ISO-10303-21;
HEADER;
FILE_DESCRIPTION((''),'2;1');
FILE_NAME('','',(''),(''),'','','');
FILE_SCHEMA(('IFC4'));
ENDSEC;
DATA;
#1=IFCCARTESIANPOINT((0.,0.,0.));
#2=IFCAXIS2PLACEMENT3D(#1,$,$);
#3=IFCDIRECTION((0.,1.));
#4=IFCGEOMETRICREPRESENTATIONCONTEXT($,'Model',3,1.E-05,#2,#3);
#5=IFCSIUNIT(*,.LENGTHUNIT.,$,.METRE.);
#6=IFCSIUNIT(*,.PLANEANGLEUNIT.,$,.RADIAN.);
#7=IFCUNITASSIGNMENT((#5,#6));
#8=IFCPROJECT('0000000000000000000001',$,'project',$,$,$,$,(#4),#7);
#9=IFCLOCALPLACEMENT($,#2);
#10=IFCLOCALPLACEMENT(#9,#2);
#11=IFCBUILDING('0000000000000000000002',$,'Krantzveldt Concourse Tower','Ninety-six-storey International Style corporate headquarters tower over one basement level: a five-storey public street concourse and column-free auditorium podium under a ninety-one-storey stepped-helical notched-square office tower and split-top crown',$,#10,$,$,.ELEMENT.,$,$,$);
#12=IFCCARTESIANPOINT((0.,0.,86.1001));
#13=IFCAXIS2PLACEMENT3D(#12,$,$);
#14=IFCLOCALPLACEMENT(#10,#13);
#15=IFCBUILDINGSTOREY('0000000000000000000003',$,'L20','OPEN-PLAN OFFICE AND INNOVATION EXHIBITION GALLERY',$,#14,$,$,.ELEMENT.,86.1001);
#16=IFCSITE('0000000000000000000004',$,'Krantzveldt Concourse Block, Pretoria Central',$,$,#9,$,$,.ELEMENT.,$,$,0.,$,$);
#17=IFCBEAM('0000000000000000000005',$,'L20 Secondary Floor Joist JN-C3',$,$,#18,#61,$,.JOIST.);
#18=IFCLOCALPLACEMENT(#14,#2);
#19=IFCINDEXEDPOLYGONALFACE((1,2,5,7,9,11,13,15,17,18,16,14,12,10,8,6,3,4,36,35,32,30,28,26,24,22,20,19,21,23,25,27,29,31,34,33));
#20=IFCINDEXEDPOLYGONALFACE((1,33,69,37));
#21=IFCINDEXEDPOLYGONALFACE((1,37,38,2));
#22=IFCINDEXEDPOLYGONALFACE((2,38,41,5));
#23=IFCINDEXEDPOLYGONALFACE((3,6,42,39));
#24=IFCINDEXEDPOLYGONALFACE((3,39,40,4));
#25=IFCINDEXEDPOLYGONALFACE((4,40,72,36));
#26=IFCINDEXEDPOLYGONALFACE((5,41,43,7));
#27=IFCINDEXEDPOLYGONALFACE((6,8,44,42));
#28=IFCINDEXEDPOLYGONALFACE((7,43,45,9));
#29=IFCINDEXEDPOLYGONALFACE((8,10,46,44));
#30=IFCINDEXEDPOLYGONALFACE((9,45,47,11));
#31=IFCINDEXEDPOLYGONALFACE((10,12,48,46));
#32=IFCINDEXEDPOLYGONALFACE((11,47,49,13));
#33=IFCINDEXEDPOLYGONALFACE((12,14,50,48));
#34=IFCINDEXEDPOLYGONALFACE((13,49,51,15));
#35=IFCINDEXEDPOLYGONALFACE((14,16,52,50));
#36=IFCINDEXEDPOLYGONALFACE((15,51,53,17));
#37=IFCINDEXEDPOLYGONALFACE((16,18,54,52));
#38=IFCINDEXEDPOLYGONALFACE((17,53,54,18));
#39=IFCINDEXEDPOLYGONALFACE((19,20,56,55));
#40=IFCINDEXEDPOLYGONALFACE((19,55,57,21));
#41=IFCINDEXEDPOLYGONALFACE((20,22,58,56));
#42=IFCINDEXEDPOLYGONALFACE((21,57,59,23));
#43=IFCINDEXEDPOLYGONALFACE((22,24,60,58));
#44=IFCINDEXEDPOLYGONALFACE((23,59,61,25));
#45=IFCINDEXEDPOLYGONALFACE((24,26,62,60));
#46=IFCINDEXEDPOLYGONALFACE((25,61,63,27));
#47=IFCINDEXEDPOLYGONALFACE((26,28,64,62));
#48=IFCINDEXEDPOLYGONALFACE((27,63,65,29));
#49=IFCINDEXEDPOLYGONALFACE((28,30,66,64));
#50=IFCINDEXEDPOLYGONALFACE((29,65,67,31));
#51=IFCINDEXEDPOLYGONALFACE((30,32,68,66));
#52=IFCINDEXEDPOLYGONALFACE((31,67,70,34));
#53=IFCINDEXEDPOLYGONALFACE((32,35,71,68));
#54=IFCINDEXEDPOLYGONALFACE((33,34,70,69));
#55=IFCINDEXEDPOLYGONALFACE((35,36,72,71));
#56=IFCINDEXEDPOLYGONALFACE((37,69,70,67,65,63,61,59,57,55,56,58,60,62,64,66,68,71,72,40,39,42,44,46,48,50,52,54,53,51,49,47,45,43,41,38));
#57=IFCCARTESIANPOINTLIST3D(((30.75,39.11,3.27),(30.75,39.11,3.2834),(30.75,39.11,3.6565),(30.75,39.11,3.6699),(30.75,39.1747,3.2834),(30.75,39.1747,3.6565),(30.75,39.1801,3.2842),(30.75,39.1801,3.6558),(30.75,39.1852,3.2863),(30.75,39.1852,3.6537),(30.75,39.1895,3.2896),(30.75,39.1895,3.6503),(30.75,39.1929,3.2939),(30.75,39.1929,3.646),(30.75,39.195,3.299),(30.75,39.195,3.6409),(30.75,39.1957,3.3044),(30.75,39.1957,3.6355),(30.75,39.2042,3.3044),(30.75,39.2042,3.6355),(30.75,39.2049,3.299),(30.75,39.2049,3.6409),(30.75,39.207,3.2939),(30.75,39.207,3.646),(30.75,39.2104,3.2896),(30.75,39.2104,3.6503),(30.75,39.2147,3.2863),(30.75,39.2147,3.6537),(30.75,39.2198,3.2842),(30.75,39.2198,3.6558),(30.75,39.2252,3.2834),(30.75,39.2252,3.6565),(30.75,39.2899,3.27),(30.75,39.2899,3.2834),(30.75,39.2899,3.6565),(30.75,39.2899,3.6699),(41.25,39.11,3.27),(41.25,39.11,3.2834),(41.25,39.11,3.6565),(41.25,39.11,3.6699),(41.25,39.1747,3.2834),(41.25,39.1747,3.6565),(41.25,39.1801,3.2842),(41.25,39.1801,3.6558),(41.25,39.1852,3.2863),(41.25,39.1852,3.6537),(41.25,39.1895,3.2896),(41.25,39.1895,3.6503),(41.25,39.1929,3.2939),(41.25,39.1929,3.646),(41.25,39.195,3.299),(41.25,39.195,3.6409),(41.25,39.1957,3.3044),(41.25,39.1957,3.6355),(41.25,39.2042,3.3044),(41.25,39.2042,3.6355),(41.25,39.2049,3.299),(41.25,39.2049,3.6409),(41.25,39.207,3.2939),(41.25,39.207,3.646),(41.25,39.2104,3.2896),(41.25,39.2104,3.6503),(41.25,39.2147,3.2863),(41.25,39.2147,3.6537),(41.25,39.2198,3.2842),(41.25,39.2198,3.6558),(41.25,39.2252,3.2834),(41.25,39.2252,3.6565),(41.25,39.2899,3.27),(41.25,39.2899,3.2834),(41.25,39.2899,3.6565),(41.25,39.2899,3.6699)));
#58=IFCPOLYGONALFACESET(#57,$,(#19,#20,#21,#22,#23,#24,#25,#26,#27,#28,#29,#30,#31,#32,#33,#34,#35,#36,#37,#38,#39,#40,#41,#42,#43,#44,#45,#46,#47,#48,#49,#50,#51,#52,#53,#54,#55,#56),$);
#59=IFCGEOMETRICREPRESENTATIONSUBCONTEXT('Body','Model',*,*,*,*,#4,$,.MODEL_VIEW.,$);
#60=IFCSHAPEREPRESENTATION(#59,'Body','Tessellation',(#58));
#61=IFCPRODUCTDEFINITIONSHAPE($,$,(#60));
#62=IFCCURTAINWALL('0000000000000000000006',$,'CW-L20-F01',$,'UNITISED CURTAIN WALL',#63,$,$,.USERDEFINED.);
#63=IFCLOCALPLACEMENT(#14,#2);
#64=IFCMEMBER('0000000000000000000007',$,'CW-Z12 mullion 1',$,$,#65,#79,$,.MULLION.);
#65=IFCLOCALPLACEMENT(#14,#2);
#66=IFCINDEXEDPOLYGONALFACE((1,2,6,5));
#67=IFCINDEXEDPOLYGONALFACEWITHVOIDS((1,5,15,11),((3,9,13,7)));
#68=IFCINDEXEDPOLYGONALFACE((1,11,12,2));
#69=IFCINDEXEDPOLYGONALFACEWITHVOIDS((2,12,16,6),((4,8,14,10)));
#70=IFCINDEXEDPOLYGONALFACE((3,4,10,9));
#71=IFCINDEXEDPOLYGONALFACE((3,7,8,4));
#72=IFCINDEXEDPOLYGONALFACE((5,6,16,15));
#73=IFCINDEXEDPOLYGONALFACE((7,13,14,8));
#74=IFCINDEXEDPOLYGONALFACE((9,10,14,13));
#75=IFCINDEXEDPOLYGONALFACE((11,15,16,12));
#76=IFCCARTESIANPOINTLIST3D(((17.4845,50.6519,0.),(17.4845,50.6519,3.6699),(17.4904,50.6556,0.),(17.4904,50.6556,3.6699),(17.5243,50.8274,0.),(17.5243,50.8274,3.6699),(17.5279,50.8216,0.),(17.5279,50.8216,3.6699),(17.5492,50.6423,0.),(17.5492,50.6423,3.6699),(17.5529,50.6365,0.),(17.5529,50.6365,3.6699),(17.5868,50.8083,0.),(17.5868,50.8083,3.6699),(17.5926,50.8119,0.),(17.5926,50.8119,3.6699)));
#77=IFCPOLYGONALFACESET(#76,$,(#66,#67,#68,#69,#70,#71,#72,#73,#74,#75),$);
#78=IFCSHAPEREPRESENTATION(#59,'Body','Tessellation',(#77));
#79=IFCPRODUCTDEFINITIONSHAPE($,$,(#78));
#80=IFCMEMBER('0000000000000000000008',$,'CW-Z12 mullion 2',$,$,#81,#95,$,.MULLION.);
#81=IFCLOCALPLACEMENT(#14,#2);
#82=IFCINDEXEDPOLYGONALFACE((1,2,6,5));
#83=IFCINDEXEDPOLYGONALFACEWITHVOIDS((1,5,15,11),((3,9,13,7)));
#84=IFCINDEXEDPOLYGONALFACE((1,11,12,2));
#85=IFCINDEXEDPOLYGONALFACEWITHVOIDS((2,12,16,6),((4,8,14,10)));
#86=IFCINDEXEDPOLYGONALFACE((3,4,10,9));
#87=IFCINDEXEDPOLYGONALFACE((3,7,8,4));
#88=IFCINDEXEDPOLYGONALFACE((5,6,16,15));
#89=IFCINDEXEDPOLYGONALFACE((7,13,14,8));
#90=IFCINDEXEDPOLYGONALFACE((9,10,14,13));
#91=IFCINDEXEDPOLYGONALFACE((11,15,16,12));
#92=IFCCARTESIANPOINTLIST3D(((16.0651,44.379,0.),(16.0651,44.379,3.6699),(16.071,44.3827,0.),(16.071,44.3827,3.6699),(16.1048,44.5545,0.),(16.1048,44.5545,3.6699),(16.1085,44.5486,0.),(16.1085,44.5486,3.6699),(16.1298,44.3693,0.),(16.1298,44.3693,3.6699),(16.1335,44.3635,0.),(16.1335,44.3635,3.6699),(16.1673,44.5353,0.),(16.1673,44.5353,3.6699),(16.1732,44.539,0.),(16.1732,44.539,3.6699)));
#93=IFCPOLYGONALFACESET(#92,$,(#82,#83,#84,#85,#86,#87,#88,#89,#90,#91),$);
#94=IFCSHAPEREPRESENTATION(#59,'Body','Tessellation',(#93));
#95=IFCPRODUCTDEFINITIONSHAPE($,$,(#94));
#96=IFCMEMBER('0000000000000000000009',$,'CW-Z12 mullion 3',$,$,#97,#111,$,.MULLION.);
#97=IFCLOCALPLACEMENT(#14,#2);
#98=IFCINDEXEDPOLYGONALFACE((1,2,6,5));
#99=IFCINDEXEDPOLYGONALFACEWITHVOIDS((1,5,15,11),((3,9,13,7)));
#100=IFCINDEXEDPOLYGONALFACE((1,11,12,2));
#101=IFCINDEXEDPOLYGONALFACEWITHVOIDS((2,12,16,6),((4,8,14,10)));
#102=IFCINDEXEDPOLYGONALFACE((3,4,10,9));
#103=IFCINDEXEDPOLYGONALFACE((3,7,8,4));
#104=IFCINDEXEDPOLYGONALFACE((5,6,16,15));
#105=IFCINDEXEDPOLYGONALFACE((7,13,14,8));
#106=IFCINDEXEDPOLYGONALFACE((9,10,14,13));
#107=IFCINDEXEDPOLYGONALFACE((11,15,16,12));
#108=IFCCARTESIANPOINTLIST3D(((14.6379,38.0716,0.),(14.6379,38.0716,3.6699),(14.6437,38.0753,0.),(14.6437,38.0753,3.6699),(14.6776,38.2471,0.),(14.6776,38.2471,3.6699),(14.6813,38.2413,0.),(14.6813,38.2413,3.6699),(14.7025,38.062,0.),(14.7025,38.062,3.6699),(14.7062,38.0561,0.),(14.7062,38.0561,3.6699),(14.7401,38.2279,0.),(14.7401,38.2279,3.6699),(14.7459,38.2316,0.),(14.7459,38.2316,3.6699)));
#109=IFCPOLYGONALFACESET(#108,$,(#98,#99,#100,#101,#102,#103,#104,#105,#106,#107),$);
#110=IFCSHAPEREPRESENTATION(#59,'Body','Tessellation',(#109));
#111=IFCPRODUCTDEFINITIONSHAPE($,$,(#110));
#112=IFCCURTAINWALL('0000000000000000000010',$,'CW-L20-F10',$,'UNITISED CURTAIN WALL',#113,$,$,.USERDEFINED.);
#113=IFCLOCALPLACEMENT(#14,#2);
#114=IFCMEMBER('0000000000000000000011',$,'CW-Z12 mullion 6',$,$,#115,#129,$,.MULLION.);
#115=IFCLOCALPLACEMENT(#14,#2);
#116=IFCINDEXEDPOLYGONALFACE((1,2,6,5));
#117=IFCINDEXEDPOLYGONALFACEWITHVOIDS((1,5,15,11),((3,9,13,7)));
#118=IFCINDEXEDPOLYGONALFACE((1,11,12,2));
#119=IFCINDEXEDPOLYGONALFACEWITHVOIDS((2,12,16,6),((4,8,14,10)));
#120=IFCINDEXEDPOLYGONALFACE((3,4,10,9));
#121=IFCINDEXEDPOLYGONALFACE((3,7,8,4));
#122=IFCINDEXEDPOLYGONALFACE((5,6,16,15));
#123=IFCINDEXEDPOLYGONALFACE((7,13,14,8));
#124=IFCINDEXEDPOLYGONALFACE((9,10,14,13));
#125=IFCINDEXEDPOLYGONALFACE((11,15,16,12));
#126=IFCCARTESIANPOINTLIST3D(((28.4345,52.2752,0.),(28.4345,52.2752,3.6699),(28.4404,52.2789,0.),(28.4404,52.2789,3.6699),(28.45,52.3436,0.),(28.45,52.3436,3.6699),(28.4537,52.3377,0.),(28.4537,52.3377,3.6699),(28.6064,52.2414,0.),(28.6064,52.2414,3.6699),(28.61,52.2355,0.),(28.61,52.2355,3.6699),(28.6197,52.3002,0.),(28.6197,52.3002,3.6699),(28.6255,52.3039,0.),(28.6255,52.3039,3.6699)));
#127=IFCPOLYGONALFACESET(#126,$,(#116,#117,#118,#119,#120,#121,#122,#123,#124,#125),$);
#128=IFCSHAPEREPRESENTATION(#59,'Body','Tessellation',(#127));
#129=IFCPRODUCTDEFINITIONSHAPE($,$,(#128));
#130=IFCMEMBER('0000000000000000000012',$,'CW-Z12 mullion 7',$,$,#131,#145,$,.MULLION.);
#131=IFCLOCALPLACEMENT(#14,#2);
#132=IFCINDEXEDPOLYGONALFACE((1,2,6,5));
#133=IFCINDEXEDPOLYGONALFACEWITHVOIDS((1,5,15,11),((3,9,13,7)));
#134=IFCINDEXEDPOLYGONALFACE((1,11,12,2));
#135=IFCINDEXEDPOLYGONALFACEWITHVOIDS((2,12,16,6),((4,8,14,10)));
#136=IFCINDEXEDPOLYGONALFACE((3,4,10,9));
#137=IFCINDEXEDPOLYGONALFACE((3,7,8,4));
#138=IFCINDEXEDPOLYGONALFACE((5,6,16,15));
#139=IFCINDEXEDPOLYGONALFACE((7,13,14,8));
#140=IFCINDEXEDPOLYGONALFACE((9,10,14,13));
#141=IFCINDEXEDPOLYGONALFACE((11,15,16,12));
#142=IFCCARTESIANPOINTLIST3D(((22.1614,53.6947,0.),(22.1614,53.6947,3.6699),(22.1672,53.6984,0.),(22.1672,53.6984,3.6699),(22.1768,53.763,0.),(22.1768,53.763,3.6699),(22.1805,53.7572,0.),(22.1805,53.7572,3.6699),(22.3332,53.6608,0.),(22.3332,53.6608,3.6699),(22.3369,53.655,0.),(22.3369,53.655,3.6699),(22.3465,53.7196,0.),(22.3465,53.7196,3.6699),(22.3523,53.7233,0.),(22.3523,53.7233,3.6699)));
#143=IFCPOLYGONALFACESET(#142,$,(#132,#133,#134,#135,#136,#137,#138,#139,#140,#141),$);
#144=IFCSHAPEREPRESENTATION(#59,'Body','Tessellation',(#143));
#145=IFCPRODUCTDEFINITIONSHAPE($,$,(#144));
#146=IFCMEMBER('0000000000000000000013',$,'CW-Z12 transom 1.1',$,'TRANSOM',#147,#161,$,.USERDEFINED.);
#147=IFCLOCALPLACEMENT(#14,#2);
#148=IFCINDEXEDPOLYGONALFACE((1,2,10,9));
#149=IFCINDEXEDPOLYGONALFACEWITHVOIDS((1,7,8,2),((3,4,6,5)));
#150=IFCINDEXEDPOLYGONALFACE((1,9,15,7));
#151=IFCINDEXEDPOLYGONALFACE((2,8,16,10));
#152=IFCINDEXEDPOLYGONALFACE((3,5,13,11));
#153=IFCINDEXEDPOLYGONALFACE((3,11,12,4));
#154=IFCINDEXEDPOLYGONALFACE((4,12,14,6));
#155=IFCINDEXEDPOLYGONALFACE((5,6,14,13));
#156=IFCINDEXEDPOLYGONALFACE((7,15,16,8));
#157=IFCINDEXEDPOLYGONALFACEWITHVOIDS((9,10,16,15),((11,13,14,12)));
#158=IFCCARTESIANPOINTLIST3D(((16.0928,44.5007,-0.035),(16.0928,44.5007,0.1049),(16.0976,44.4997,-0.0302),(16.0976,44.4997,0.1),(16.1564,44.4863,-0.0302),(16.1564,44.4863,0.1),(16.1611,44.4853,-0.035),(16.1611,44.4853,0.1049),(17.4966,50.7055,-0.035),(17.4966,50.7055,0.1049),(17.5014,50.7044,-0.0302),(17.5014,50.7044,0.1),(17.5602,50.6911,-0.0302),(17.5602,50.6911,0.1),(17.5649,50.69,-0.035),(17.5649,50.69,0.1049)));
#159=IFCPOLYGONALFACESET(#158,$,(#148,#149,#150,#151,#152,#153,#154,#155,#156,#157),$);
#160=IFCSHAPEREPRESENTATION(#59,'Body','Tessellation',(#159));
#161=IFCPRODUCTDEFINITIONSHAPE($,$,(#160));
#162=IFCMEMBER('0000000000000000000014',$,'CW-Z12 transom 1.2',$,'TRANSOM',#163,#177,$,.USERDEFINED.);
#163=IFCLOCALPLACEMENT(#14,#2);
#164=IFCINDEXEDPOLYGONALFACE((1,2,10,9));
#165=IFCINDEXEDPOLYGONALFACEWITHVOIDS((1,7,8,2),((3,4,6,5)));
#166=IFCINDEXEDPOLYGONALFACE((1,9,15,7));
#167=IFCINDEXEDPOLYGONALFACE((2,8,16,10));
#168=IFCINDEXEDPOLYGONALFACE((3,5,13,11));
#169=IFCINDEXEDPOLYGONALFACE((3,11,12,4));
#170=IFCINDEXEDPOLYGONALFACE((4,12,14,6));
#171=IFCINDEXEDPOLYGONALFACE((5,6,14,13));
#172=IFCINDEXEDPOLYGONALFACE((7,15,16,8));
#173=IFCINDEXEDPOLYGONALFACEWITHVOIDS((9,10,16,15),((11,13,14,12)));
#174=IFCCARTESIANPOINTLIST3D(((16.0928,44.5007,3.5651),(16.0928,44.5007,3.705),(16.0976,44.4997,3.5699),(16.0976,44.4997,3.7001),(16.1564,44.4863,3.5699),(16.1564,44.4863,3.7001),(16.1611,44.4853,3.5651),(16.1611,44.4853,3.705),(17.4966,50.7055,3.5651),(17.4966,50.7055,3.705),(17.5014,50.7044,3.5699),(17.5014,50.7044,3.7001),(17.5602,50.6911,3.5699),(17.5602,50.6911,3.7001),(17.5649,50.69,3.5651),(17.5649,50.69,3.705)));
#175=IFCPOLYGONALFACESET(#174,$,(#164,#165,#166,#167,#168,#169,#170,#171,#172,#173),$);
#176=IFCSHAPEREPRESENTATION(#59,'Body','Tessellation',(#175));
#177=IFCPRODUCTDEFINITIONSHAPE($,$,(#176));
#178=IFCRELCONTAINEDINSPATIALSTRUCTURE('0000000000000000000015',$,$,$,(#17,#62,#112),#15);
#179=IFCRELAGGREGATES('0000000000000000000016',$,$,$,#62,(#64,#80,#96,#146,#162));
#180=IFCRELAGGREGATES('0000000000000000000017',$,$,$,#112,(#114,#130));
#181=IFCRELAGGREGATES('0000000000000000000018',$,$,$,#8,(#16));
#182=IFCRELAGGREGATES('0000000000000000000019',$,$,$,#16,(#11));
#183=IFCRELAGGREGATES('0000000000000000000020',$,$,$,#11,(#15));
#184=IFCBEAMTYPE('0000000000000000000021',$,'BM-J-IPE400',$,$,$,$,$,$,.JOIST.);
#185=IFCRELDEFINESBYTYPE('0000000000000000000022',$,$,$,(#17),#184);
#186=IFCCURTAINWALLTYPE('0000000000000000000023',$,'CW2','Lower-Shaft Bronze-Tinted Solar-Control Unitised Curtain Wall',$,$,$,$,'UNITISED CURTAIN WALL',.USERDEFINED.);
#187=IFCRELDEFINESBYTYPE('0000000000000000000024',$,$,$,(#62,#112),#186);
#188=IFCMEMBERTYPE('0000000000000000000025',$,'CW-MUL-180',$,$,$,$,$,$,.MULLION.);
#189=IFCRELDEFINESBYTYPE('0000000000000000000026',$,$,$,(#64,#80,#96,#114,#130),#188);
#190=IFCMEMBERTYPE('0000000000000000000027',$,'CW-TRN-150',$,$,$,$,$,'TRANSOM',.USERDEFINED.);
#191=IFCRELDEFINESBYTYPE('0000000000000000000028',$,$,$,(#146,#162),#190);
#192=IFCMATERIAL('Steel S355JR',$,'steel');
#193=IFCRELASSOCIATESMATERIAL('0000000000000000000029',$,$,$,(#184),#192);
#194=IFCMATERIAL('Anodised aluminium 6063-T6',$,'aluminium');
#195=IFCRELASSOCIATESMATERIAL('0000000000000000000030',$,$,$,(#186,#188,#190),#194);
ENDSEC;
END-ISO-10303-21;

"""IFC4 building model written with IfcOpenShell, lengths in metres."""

from ifc_helpers import new_model, si_unit, direction, frame, origin, origin_2d, place, context, subcontext, project, spatial, hollow_rectangle, i_section, extrude, source, transform, mapped, material, material_profile, profile_set, type_object, type_shapes, element, aggregate, save


model = new_model("IFC4")

# Units and contexts
model_context = context("Model", 3, precision=1e-05, world=origin(), true_north=direction((0.0, 1.0)))
body_context = subcontext(model_context, "Body", "Model", "MODEL_VIEW")
ifc_project = project(units=[si_unit("LENGTHUNIT", "METRE"), si_unit("PLANEANGLEUNIT", "RADIAN")], contexts=[model_context])

# Site, building, storey
site_placement = place(None, origin())
site = spatial("IfcSite", under=ifc_project, at=site_placement, Name="Krantzveldt Concourse Block, Pretoria Central", CompositionType="ELEMENT", RefElevation=0.0)
building_placement = place(site_placement, origin())
building = spatial("IfcBuilding", under=site, at=building_placement, Name="Krantzveldt Concourse Tower", Description="Ninety-six-storey International Style corporate headquarters tower over one basement level: a five-storey public street concourse and column-free auditorium podium under a ninety-one-storey stepped-helical notched-square office tower and split-top crown", CompositionType="ELEMENT")
storey_placement = place(building_placement, frame((0.0, 0.0, 86.1001)))
storey = spatial("IfcBuildingStorey", under=building, at=storey_placement, Name="L20", Description="OPEN-PLAN OFFICE AND INNOVATION EXHIBITION GALLERY", CompositionType="ELEMENT", Elevation=86.1001)

# Beam
ifc_material_1 = material(Name="Steel S355JR", Category="steel")
ifc_material_profile_1 = material_profile(ifc_material_1, i_section(OverallWidth=0.1799, OverallDepth=0.3999, WebThickness=0.0085, FlangeThickness=0.0134, FilletRadius=0.021, at=origin_2d()), Name="Steel S355JR", Category="steel")
ifc_profile_set_1 = profile_set([ifc_material_profile_1], Name="Steel S355JR - IPE 400")
beam_type_1 = type_object("IfcBeamType", Name="BM-J-IPE400", PredefinedType="JOIST", material=ifc_profile_set_1)
shared_shape_1 = source(origin(), body_context, "Body", "SweptSolid", [
    extrude(i_section(OverallWidth=0.1799, OverallDepth=0.3999, WebThickness=0.0085, FlangeThickness=0.0134, FilletRadius=0.021, at=origin_2d()), origin(), (0.0, 0.0, 1.0), 10.5),
])
type_shapes(beam_type_1, [shared_shape_1])
beam_1_placement = place(storey_placement, frame((30.75, 39.2, 3.47), z_axis=(1.0, 0.0, 0.0), x_axis=(0.0, 1.0, 0.0)))
element("IfcBeam", 1, at=beam_1_placement, inside=storey, type_object=beam_type_1, Name="L20 Secondary Floor Joist JN-C3", PredefinedType="JOIST", context=body_context, shape_type="MappedRepresentation", body=[
    mapped(shared_shape_1, transform((0.0, 0.0, 0.0), x_axis=(1.0, 0.0, 0.0), y_axis=(0.0, 1.0, 0.0), z_axis=(0.0, 0.0, 1.0), scale=1.0)),
])

# Curtain walls, members
ifc_material_2 = material(Name="Anodised aluminium 6063-T6", Category="aluminium")
curtain_wall_type = type_object("IfcCurtainWallType", Name="CW2", Description="Lower-Shaft Bronze-Tinted Solar-Control Unitised Curtain Wall", ElementType="UNITISED CURTAIN WALL", PredefinedType="USERDEFINED", material=ifc_material_2)
curtain_wall_1_placement = place(storey_placement, origin())
curtain_wall_1 = element("IfcCurtainWall", 2, at=curtain_wall_1_placement, inside=storey, type_object=curtain_wall_type, Name="CW-L20-F01", ObjectType="UNITISED CURTAIN WALL", PredefinedType="USERDEFINED")
ifc_material_profile_2 = material_profile(ifc_material_2, hollow_rectangle(XDim=0.0701, YDim=0.1799, WallThickness=0.0049, at=origin_2d()), Name="Anodised aluminium 6063-T6", Category="aluminium")
ifc_profile_set_2 = profile_set([ifc_material_profile_2], Name="Anodised aluminium 6063-T6 - ALU-MULL 180x70x5")
member_type_1 = type_object("IfcMemberType", Name="CW-MUL-180", PredefinedType="MULLION", material=ifc_profile_set_2)
shared_shape_2 = source(origin(), body_context, "Body", "SweptSolid", [
    extrude(hollow_rectangle(XDim=0.0701, YDim=0.1799, WallThickness=0.0049, at=origin_2d()), origin(), (0.0, 0.0, 1.0), 3.6699),
])
type_shapes(member_type_1, [shared_shape_2])
member_1_placement = place(storey_placement, frame((17.5386, 50.7319, 0.0), z_axis=(0.0, 0.0, 1.0), x_axis=(0.975342, -0.220697, 0.0)))
member_1 = element("IfcMember", 3, at=member_1_placement, type_object=member_type_1, Name="CW-Z12 mullion 1", PredefinedType="MULLION", context=body_context, shape_type="MappedRepresentation", body=[
    mapped(shared_shape_2, transform((0.0, 0.0, 0.0), x_axis=(1.0, 0.0, 0.0), y_axis=(0.0, 1.0, 0.0), z_axis=(0.0, 0.0, 1.0), scale=1.0)),
])
member_2_placement = place(storey_placement, frame((16.1191, 44.459, 0.0), z_axis=(0.0, 0.0, 1.0), x_axis=(0.975342, -0.220697, 0.0)))
member_2 = element("IfcMember", 4, at=member_2_placement, type_object=member_type_1, Name="CW-Z12 mullion 2", PredefinedType="MULLION", context=body_context, shape_type="MappedRepresentation", body=[
    mapped(shared_shape_2, transform((0.0, 0.0, 0.0), x_axis=(1.0, 0.0, 0.0), y_axis=(0.0, 1.0, 0.0), z_axis=(0.0, 0.0, 1.0), scale=1.0)),
])
member_3_placement = place(storey_placement, frame((14.6919, 38.1516, 0.0), z_axis=(0.0, 0.0, 1.0), x_axis=(0.975342, -0.220697, 0.0)))
member_3 = element("IfcMember", 5, at=member_3_placement, type_object=member_type_1, Name="CW-Z12 mullion 3", PredefinedType="MULLION", context=body_context, shape_type="MappedRepresentation", body=[
    mapped(shared_shape_2, transform((0.0, 0.0, 0.0), x_axis=(1.0, 0.0, 0.0), y_axis=(0.0, 1.0, 0.0), z_axis=(0.0, 0.0, 1.0), scale=1.0)),
])
curtain_wall_2_placement = place(storey_placement, origin())
curtain_wall_2 = element("IfcCurtainWall", 6, at=curtain_wall_2_placement, inside=storey, type_object=curtain_wall_type, Name="CW-L20-F10", ObjectType="UNITISED CURTAIN WALL", PredefinedType="USERDEFINED")
member_4_placement = place(storey_placement, frame((28.53, 52.2896, 0.0), z_axis=(0.0, 0.0, 1.0), x_axis=(-0.220697, -0.975342, 0.0)))
member_4 = element("IfcMember", 7, at=member_4_placement, type_object=member_type_1, Name="CW-Z12 mullion 6", PredefinedType="MULLION", context=body_context, shape_type="MappedRepresentation", body=[
    mapped(shared_shape_2, transform((0.0, 0.0, 0.0), x_axis=(1.0, 0.0, 0.0), y_axis=(0.0, 1.0, 0.0), z_axis=(0.0, 0.0, 1.0), scale=1.0)),
])
member_5_placement = place(storey_placement, frame((22.2568, 53.709, 0.0), z_axis=(0.0, 0.0, 1.0), x_axis=(-0.220697, -0.975342, 0.0)))
member_5 = element("IfcMember", 8, at=member_5_placement, type_object=member_type_1, Name="CW-Z12 mullion 7", PredefinedType="MULLION", context=body_context, shape_type="MappedRepresentation", body=[
    mapped(shared_shape_2, transform((0.0, 0.0, 0.0), x_axis=(1.0, 0.0, 0.0), y_axis=(0.0, 1.0, 0.0), z_axis=(0.0, 0.0, 1.0), scale=1.0)),
])

# Members
ifc_material_profile_3 = material_profile(ifc_material_2, hollow_rectangle(XDim=0.0701, YDim=0.1399, WallThickness=0.0049, at=origin_2d()), Name="Anodised aluminium 6063-T6", Category="aluminium")
ifc_profile_set_3 = profile_set([ifc_material_profile_3], Name="Anodised aluminium 6063-T6 - ALU-TRAN 140x70x5")
member_type_2 = type_object("IfcMemberType", Name="CW-TRN-150", ElementType="TRANSOM", PredefinedType="USERDEFINED", material=ifc_profile_set_3)
shared_shape_3 = source(origin(), body_context, "Body", "SweptSolid", [
    extrude(hollow_rectangle(XDim=0.0701, YDim=0.1399, WallThickness=0.0049, at=origin_2d()), origin(), (0.0, 0.0, 1.0), 6.3616),
])
member_6_placement = place(storey_placement, frame((17.5308, 50.6978, 0.0349), z_axis=(-0.220667, -0.975349, 0.0), x_axis=(0.975349, -0.220667, 0.0)))
member_6 = element("IfcMember", 9, at=member_6_placement, type_object=member_type_2, Name="CW-Z12 transom 1.1", ObjectType="TRANSOM", PredefinedType="USERDEFINED", context=body_context, shape_type="MappedRepresentation", body=[
    mapped(shared_shape_3, transform((0.0, 0.0, 0.0), x_axis=(1.0, 0.0, 0.0), y_axis=(0.0, 1.0, 0.0), z_axis=(0.0, 0.0, 1.0), scale=1.0)),
])
member_7_placement = place(storey_placement, frame((17.5308, 50.6978, 3.635), z_axis=(-0.220667, -0.975349, 0.0), x_axis=(0.975349, -0.220667, 0.0)))
member_7 = element("IfcMember", 10, at=member_7_placement, type_object=member_type_2, Name="CW-Z12 transom 1.2", ObjectType="TRANSOM", PredefinedType="USERDEFINED", context=body_context, shape_type="MappedRepresentation", body=[
    mapped(shared_shape_3, transform((0.0, 0.0, 0.0), x_axis=(1.0, 0.0, 0.0), y_axis=(0.0, 1.0, 0.0), z_axis=(0.0, 0.0, 1.0), scale=1.0)),
])

aggregate(curtain_wall_1, [member_1, member_2, member_3, member_6, member_7])
aggregate(curtain_wall_2, [member_4, member_5])

save(model, "model.ifc")
